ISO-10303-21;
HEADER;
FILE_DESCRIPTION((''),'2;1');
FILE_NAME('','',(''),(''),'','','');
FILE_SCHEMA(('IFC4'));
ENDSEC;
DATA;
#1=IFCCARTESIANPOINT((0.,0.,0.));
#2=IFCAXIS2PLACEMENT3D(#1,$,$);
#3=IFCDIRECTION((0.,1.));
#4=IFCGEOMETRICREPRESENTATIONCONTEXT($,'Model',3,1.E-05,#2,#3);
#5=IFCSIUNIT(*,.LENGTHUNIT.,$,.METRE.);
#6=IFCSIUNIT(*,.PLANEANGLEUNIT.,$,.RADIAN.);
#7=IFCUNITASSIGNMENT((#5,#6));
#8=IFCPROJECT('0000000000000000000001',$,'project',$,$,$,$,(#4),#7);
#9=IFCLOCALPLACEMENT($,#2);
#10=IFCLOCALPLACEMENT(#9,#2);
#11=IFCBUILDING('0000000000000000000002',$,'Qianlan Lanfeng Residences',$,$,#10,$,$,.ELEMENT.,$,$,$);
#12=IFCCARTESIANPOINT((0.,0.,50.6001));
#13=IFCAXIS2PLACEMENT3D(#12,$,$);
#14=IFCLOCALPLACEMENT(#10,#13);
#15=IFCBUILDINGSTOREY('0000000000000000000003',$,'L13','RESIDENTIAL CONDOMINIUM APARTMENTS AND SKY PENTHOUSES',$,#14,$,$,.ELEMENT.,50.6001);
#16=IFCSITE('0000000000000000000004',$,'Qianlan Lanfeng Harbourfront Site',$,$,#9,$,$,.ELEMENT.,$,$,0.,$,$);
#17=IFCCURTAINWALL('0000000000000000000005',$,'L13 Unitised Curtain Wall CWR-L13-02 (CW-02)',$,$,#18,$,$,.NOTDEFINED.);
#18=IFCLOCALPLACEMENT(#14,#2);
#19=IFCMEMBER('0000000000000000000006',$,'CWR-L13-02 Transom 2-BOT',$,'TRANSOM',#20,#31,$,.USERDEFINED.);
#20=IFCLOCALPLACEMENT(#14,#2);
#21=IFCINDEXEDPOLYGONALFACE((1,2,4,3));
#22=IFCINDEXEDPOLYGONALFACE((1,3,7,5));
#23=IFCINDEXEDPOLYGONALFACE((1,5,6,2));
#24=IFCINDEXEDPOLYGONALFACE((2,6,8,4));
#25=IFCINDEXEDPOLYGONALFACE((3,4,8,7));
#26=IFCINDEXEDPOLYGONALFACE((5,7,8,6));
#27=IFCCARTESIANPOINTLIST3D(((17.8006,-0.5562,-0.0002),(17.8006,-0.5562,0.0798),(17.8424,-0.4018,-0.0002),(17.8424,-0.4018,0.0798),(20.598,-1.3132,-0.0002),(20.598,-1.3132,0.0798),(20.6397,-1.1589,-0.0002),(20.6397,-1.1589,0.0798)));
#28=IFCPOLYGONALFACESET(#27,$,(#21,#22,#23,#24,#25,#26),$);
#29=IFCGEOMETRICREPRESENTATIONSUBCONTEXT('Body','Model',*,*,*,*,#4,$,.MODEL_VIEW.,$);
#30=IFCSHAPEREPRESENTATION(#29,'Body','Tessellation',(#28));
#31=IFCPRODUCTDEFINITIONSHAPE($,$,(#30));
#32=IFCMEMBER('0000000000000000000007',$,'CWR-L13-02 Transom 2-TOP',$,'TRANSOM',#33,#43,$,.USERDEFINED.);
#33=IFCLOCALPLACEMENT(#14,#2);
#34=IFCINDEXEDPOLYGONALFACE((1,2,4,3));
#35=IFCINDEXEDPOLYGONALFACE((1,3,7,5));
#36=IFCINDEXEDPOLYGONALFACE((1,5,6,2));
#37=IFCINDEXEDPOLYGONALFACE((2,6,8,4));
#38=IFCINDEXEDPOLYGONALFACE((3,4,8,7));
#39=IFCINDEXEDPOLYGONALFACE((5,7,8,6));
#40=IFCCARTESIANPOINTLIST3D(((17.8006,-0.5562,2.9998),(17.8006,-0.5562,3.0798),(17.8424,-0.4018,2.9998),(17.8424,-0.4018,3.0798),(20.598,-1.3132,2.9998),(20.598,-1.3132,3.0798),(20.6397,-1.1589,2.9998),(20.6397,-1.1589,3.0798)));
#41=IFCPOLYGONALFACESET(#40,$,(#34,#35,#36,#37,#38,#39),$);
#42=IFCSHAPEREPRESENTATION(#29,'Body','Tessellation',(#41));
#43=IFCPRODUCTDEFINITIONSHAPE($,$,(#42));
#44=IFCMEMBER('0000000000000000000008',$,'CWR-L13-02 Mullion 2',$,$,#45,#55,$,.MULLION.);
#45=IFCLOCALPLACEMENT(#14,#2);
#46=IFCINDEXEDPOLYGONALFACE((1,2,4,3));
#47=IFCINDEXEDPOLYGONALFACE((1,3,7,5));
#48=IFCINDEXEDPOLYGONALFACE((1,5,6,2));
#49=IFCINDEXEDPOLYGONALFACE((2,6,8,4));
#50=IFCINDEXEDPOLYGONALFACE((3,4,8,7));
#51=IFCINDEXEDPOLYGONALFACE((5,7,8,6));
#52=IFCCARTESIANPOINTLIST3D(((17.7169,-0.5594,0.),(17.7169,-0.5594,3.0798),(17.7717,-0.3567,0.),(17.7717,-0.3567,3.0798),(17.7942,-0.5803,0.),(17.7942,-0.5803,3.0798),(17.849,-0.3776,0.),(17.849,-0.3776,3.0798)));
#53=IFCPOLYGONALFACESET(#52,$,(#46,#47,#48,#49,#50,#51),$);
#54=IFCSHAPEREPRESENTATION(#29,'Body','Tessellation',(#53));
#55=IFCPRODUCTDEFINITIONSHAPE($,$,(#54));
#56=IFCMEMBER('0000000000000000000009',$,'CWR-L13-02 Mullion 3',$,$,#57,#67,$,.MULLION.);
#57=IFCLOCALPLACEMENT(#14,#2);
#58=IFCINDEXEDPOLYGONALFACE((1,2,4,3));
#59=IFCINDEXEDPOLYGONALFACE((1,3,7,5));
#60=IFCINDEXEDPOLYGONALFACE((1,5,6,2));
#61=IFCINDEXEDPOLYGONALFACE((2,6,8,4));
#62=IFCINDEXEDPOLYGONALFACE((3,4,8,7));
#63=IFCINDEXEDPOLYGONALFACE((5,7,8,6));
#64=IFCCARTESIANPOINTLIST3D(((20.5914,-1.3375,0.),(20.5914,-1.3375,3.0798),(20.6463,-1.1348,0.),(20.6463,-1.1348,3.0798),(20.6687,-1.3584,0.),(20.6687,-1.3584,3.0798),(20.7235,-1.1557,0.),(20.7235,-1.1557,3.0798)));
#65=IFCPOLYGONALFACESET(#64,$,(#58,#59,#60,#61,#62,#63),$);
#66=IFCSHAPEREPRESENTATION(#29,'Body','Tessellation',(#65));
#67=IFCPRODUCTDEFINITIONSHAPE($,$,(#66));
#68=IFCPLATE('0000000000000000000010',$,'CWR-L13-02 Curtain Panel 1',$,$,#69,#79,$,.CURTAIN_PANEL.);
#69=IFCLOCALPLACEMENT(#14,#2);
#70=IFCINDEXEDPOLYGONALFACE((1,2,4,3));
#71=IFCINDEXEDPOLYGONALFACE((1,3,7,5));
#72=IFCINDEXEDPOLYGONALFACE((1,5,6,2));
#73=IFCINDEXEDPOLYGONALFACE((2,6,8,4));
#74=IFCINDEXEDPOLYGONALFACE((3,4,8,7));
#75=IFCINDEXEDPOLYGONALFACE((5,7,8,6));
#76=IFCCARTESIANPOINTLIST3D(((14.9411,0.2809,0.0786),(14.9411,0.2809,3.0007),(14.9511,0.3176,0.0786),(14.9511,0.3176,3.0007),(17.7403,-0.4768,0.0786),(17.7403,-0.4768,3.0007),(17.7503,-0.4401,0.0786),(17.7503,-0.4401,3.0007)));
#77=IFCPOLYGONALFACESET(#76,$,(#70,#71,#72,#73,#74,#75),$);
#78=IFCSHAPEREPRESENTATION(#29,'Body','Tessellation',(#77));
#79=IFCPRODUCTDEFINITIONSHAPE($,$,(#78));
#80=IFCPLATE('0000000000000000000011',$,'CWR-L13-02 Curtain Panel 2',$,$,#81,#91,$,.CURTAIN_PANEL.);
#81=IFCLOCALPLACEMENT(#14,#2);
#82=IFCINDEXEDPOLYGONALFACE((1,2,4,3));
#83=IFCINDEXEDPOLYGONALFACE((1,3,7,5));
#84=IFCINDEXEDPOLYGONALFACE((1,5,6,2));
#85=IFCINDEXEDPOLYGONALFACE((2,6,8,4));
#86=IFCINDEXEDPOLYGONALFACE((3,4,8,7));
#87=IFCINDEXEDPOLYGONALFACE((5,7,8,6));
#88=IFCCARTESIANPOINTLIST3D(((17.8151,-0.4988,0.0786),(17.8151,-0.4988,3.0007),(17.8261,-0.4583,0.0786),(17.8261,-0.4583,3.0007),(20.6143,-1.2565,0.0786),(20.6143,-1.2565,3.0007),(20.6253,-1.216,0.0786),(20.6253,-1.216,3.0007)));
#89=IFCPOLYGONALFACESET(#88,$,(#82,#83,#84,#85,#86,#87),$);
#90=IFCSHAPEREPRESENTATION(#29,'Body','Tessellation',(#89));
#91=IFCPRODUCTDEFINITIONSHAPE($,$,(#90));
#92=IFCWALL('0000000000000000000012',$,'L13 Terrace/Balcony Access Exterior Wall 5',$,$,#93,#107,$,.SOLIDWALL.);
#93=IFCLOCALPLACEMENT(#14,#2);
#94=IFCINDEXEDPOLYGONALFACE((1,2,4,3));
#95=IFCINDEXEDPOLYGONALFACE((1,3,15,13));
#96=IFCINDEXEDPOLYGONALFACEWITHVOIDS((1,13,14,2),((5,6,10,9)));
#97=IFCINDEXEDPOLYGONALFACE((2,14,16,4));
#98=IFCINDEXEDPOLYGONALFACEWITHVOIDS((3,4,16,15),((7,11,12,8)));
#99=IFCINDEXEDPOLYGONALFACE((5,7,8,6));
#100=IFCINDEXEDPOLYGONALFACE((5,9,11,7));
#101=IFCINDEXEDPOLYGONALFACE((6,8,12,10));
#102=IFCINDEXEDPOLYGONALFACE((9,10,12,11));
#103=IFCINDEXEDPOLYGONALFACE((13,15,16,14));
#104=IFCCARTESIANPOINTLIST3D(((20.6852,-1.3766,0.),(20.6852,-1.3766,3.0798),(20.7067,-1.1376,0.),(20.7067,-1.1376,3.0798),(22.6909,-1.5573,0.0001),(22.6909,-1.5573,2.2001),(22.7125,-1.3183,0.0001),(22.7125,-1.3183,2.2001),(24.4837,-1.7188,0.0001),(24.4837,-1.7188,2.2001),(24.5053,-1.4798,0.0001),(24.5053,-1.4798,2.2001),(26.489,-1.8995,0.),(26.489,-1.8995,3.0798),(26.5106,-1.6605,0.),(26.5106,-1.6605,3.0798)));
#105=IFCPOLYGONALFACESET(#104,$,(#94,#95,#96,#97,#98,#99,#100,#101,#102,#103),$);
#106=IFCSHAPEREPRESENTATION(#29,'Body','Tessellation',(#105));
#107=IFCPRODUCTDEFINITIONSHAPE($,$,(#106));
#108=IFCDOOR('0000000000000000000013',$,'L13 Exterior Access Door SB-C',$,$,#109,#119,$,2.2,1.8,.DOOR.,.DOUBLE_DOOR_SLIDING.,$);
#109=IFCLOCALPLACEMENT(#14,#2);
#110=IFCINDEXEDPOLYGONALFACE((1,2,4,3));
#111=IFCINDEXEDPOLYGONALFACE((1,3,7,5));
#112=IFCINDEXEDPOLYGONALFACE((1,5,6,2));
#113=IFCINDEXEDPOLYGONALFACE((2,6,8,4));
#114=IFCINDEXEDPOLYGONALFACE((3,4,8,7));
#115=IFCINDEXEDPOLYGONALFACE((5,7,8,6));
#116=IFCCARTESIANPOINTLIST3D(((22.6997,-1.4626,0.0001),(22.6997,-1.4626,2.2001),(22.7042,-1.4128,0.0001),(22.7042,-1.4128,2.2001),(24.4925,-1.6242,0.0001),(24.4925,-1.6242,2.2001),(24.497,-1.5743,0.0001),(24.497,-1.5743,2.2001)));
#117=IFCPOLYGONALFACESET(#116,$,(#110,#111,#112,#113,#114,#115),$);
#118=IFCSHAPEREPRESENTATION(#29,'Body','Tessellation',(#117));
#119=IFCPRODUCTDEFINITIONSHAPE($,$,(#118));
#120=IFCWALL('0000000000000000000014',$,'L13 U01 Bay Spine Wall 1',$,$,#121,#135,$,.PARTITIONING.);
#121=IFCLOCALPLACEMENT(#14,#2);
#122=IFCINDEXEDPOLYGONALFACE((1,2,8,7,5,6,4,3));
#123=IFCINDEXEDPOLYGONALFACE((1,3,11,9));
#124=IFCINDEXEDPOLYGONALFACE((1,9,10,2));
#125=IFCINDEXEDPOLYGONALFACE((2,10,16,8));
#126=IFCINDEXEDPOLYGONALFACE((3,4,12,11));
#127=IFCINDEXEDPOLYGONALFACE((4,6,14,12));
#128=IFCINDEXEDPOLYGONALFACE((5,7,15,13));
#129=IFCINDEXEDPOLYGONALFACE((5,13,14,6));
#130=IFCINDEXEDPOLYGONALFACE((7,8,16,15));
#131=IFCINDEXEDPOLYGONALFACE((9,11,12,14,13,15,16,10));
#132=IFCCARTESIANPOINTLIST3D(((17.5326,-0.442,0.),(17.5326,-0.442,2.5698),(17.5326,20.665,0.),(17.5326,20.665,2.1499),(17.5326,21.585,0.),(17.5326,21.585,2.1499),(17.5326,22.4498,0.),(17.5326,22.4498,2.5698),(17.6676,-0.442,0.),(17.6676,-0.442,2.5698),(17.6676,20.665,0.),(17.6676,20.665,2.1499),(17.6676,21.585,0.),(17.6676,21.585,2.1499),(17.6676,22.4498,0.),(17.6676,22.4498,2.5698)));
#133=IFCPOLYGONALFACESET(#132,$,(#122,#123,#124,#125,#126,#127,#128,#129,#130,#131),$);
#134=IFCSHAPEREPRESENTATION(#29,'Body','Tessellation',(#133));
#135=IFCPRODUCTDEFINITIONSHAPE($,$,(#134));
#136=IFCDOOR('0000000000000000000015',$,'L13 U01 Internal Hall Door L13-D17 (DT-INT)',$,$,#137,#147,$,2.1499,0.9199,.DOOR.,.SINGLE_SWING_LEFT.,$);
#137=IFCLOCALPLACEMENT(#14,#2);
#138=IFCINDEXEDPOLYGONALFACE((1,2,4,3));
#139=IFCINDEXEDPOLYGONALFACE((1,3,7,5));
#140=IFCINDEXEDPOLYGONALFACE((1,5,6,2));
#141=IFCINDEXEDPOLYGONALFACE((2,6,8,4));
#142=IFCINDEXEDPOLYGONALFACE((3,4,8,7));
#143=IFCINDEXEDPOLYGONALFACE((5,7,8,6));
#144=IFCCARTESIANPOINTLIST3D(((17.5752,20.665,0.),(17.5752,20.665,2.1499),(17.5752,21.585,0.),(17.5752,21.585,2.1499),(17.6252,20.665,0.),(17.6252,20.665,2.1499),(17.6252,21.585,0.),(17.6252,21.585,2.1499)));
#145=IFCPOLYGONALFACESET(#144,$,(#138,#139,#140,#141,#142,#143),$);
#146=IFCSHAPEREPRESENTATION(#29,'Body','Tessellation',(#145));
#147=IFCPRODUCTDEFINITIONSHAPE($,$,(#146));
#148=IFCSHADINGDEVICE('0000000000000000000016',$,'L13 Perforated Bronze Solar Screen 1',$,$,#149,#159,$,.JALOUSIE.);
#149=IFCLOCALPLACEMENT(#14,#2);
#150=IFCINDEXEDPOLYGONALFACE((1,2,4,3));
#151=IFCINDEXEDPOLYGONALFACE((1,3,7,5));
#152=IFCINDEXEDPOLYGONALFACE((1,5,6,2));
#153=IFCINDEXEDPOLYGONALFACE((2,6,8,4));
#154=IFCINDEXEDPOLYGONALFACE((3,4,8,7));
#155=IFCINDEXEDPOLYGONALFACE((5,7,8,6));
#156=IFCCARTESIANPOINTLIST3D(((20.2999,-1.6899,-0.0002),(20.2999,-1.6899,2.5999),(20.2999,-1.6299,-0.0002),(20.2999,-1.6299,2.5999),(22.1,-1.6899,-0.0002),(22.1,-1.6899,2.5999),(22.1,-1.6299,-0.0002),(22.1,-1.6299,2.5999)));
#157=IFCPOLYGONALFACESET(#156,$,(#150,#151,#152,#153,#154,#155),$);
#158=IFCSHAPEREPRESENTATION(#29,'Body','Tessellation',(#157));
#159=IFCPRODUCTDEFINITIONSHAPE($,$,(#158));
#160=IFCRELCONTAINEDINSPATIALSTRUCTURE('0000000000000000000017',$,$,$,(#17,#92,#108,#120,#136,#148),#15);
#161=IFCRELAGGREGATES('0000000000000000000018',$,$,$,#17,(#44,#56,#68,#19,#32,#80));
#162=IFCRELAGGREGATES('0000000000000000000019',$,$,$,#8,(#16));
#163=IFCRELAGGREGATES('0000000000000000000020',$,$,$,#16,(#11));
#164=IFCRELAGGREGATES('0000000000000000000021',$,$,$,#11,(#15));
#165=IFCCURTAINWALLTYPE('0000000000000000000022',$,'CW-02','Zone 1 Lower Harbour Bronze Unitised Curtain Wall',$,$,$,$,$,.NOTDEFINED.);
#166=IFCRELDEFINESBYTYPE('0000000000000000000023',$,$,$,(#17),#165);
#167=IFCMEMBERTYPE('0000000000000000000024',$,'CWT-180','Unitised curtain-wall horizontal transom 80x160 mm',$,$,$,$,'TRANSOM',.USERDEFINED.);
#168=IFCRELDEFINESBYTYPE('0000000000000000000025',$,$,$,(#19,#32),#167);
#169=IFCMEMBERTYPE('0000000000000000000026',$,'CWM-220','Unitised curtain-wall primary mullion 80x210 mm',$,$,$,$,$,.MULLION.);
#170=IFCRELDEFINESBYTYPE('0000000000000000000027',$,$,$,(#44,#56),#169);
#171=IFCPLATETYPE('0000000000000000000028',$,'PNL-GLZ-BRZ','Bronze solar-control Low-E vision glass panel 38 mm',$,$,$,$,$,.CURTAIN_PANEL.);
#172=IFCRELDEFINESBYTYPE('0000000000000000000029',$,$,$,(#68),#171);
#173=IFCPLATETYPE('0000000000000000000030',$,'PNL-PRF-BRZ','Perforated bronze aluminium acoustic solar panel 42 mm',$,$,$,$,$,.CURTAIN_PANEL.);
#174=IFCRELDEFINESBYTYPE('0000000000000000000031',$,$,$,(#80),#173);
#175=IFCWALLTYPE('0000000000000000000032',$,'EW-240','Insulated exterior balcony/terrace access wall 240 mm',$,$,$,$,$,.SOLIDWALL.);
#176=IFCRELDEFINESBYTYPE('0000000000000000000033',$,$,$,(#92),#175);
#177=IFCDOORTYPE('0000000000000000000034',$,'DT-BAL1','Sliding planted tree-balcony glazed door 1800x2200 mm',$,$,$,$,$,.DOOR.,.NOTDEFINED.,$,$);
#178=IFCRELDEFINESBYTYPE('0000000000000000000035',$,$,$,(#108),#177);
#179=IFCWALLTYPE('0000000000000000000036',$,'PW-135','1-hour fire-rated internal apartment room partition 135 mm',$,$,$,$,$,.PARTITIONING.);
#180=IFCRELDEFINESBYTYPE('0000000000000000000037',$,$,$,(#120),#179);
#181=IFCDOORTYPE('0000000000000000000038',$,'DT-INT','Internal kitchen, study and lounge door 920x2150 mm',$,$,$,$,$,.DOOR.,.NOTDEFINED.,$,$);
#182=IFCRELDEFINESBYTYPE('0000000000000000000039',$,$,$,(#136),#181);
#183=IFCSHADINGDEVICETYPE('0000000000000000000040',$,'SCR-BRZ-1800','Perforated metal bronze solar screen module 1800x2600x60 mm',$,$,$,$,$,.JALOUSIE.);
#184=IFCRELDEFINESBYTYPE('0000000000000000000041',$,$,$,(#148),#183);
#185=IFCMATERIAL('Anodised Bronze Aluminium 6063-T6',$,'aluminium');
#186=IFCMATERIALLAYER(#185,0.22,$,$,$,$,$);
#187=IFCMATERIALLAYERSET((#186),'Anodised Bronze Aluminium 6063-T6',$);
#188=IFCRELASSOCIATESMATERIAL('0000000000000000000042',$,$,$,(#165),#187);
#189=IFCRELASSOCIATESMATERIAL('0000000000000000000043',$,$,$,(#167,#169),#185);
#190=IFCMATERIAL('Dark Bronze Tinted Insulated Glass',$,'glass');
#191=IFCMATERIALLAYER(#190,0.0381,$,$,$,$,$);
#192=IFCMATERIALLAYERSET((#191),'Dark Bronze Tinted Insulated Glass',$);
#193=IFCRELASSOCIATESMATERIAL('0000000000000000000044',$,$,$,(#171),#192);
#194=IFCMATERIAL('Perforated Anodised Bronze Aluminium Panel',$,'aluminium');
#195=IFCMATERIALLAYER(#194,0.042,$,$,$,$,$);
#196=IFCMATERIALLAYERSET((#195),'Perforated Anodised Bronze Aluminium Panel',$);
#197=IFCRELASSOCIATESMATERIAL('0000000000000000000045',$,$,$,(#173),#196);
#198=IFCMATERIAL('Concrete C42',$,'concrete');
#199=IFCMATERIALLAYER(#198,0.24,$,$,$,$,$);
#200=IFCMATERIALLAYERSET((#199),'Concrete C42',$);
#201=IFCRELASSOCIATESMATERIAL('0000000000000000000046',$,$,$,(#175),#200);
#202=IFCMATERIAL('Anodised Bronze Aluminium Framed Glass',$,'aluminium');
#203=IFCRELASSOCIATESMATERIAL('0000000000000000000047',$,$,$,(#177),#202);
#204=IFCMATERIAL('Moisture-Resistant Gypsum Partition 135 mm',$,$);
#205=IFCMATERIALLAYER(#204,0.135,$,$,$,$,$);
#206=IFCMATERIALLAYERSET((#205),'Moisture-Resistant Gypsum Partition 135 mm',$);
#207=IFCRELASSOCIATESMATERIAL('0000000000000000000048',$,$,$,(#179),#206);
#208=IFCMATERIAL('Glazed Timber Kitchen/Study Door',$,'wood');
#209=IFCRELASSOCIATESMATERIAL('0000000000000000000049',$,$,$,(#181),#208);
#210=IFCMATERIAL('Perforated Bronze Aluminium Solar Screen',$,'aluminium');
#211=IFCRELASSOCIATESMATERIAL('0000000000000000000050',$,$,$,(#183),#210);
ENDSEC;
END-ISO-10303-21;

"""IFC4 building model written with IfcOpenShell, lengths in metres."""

from ifc_helpers import new_model, si_unit, direction, frame, frame_2d, origin, origin_2d, place, context, subcontext, project, spatial, rectangle, extrude, source, transform, mapped, material, layer, layer_set, material_profile, profile_set, type_object, element, fill, aggregate, save


model = new_model("IFC4")

# Units and contexts
model_context = context("Model", 3, precision=1e-05, world=origin(), true_north=direction((0.0, 1.0)))
body_context = subcontext(model_context, "Body", "Model", "MODEL_VIEW")
ifc_project = project(units=[si_unit("LENGTHUNIT", "METRE"), si_unit("PLANEANGLEUNIT", "RADIAN")], contexts=[model_context])

# Site, building, storey
site_placement = place(None, origin())
site = spatial("IfcSite", under=ifc_project, at=site_placement, Name="Qianlan Lanfeng Harbourfront Site", CompositionType="ELEMENT", RefElevation=0.0)
building_placement = place(site_placement, origin())
building = spatial("IfcBuilding", under=site, at=building_placement, Name="Qianlan Lanfeng Residences", CompositionType="ELEMENT")
storey_placement = place(building_placement, frame((0.0, 0.0, 50.6001)))
storey = spatial("IfcBuildingStorey", under=building, at=storey_placement, Name="L13", Description="RESIDENTIAL CONDOMINIUM APARTMENTS AND SKY PENTHOUSES", CompositionType="ELEMENT", Elevation=50.6001)

# Curtain wall, members, plates
ifc_material_1 = material(Name="Anodised Bronze Aluminium 6063-T6", Category="aluminium")
ifc_layer_1 = layer(ifc_material_1, 0.22)
ifc_layer_set_1 = layer_set([ifc_layer_1], Name="Anodised Bronze Aluminium 6063-T6")
curtain_wall_type = type_object("IfcCurtainWallType", Name="CW-02", Description="Zone 1 Lower Harbour Bronze Unitised Curtain Wall", PredefinedType="NOTDEFINED", material=ifc_layer_set_1)
curtain_wall_placement = place(storey_placement, origin())
curtain_wall = element("IfcCurtainWall", 1, at=curtain_wall_placement, inside=storey, type_object=curtain_wall_type, Name="L13 Unitised Curtain Wall CWR-L13-02 (CW-02)", PredefinedType="NOTDEFINED")
ifc_material_profile_1 = material_profile(ifc_material_1, rectangle(XDim=0.0801, YDim=0.1599, at=origin_2d()), Name="ALU TRANSOM 80x160")
ifc_profile_set_1 = profile_set([ifc_material_profile_1], Name="Anodised Bronze Aluminium 6063-T6")
member_type_1 = type_object("IfcMemberType", Name="CWT-180", Description="Unitised curtain-wall horizontal transom 80x160 mm", ElementType="TRANSOM", PredefinedType="USERDEFINED", material=ifc_profile_set_1)
shared_shape_1 = source(origin(), body_context, "Body", "SweptSolid", [
    extrude(rectangle(XDim=0.0801, YDim=0.1599, at=origin_2d()), origin(), (0.0, 0.0, 1.0), 2.8979),
])
member_1_placement = place(storey_placement, frame((17.8215, -0.479, 0.0398), z_axis=(0.965273, -0.261242, 0.0), x_axis=(0.0, 0.0, 1.0)))
member_1 = element("IfcMember", 2, at=member_1_placement, type_object=member_type_1, Name="CWR-L13-02 Transom 2-BOT", ObjectType="TRANSOM", PredefinedType="USERDEFINED", context=body_context, shape_type="MappedRepresentation", body=[
    mapped(shared_shape_1, transform((0.0, 0.0, 0.0), scale=1.0)),
])
member_2_placement = place(storey_placement, frame((17.8215, -0.479, 3.0398), z_axis=(0.965273, -0.261242, 0.0), x_axis=(0.0, 0.0, 1.0)))
member_2 = element("IfcMember", 3, at=member_2_placement, type_object=member_type_1, Name="CWR-L13-02 Transom 2-TOP", ObjectType="TRANSOM", PredefinedType="USERDEFINED", context=body_context, shape_type="MappedRepresentation", body=[
    mapped(shared_shape_1, transform((0.0, 0.0, 0.0), scale=1.0)),
])
ifc_material_profile_2 = material_profile(ifc_material_1, rectangle(XDim=0.0801, YDim=0.21, at=origin_2d()), Name="ALU MULLION 80x210")
ifc_profile_set_2 = profile_set([ifc_material_profile_2], Name="Anodised Bronze Aluminium 6063-T6")
member_type_2 = type_object("IfcMemberType", Name="CWM-220", Description="Unitised curtain-wall primary mullion 80x210 mm", PredefinedType="MULLION", material=ifc_profile_set_2)
shared_shape_2 = source(origin(), body_context, "Body", "SweptSolid", [
    extrude(rectangle(XDim=0.0801, YDim=0.21, at=origin_2d()), origin(), (0.0, 0.0, 1.0), 3.0798),
])
member_3_placement = place(storey_placement, frame((17.783, -0.4685, 0.0), z_axis=(0.0, 0.0, 1.0), x_axis=(0.965263, -0.261281, 0.0)))
member_3 = element("IfcMember", 4, at=member_3_placement, type_object=member_type_2, Name="CWR-L13-02 Mullion 2", PredefinedType="MULLION", context=body_context, shape_type="MappedRepresentation", body=[
    mapped(shared_shape_2, transform((0.0, 0.0, 0.0), scale=1.0)),
])
member_4_placement = place(storey_placement, frame((20.6575, -1.2466, 0.0), z_axis=(0.0, 0.0, 1.0), x_axis=(0.965263, -0.261281, 0.0)))
member_4 = element("IfcMember", 5, at=member_4_placement, type_object=member_type_2, Name="CWR-L13-02 Mullion 3", PredefinedType="MULLION", context=body_context, shape_type="MappedRepresentation", body=[
    mapped(shared_shape_2, transform((0.0, 0.0, 0.0), scale=1.0)),
])
ifc_material_2 = material(Name="Dark Bronze Tinted Insulated Glass", Category="glass")
ifc_layer_2 = layer(ifc_material_2, 0.0381)
ifc_layer_set_2 = layer_set([ifc_layer_2], Name="Dark Bronze Tinted Insulated Glass")
plate_type_1 = type_object("IfcPlateType", Name="PNL-GLZ-BRZ", Description="Bronze solar-control Low-E vision glass panel 38 mm", PredefinedType="CURTAIN_PANEL", material=ifc_layer_set_2)
shared_shape_3 = source(origin(), body_context, "Body", "SweptSolid", [
    extrude(rectangle(XDim=2.8999, YDim=0.0381, at=origin_2d()), origin(), (0.0, 0.0, 1.0), 2.9221),
])
plate_1_placement = place(storey_placement, frame((16.3457, -0.0796, 0.0786), z_axis=(0.0, 0.0, 1.0), x_axis=(0.965263, -0.261281, 0.0)))
plate_1 = element("IfcPlate", 6, at=plate_1_placement, type_object=plate_type_1, Name="CWR-L13-02 Curtain Panel 1", PredefinedType="CURTAIN_PANEL", context=body_context, shape_type="MappedRepresentation", body=[
    mapped(shared_shape_3, transform((0.0, 0.0, 0.0), scale=1.0)),
])
ifc_material_3 = material(Name="Perforated Anodised Bronze Aluminium Panel", Category="aluminium")
ifc_layer_3 = layer(ifc_material_3, 0.042)
ifc_layer_set_3 = layer_set([ifc_layer_3], Name="Perforated Anodised Bronze Aluminium Panel")
plate_type_2 = type_object("IfcPlateType", Name="PNL-PRF-BRZ", Description="Perforated bronze aluminium acoustic solar panel 42 mm", PredefinedType="CURTAIN_PANEL", material=ifc_layer_set_3)
shared_shape_4 = source(origin(), body_context, "Body", "SweptSolid", [
    extrude(rectangle(XDim=2.8999, YDim=0.042, at=origin_2d()), origin(), (0.0, 0.0, 1.0), 2.9221),
])
plate_2_placement = place(storey_placement, frame((19.2202, -0.8574, 0.0786), z_axis=(0.0, 0.0, 1.0), x_axis=(0.965263, -0.261281, 0.0)))
plate_2 = element("IfcPlate", 7, at=plate_2_placement, type_object=plate_type_2, Name="CWR-L13-02 Curtain Panel 2", PredefinedType="CURTAIN_PANEL", context=body_context, shape_type="MappedRepresentation", body=[
    mapped(shared_shape_4, transform((0.0, 0.0, 0.0), scale=1.0)),
])
aggregate(curtain_wall, [member_3, member_4, plate_1, member_1, member_2, plate_2])

# Walls, openings, doors
ifc_material_4 = material(Name="Concrete C42", Category="concrete")
ifc_layer_4 = layer(ifc_material_4, 0.24)
ifc_layer_set_4 = layer_set([ifc_layer_4], Name="Concrete C42")
wall_type_1 = type_object("IfcWallType", Name="EW-240", Description="Insulated exterior balcony/terrace access wall 240 mm", PredefinedType="SOLIDWALL", material=ifc_layer_set_4)
wall_1_placement = place(storey_placement, frame((20.696, -1.2571, 0.0), z_axis=(0.0, 0.0, 1.0), x_axis=(0.995965, -0.089739, 0.0)))
wall_1 = element("IfcWall", 8, at=wall_1_placement, inside=storey, type_object=wall_type_1, Name="L13 Terrace/Balcony Access Exterior Wall 5", PredefinedType="SOLIDWALL", context=body_context, shape_type="SweptSolid", body=[
    extrude(rectangle(XDim=5.8274, YDim=0.24, at=frame_2d((2.9136, 0.0))), origin(), (0.0, 0.0, 1.0), 3.0798),
])
opening_1_placement = place(wall_1_placement, frame((2.0139, 0.0, 0.0)))
opening_1 = element("IfcOpeningElement", 9, at=opening_1_placement, cuts=wall_1, PredefinedType="OPENING", context=body_context, shape_type="SweptSolid", body=[
    extrude(rectangle(XDim=1.8, YDim=2.2, at=frame_2d((0.8999, 1.1001))), frame((0.0, 0.1299, 0.0), z_axis=(0.0, -1.0, 0.0), x_axis=(1.0, 0.0, 0.0)), (0.0, 0.0, 1.0), 0.26),
])
ifc_material_5 = material(Name="Anodised Bronze Aluminium Framed Glass", Category="aluminium")
door_type_1 = type_object("IfcDoorType", Name="DT-BAL1", Description="Sliding planted tree-balcony glazed door 1800x2200 mm", OperationType="NOTDEFINED", PredefinedType="DOOR", material=ifc_material_5)
door_1_placement = place(opening_1_placement, frame((1.8, 0.0, 0.0), z_axis=(0.0, 0.0, 1.0), x_axis=(-1.0, 0.0, 0.0)))
door_1 = element("IfcDoor", 10, at=door_1_placement, inside=storey, type_object=door_type_1, Name="L13 Exterior Access Door SB-C", OperationType="DOUBLE_DOOR_SLIDING", OverallHeight=2.2, OverallWidth=1.8, PredefinedType="DOOR", context=body_context, shape_type="SweptSolid", body=[
    extrude(rectangle(XDim=1.8, YDim=2.2, at=frame_2d((0.8999, 1.1001))), frame((0.0, 0.0249, 0.0), z_axis=(0.0, -1.0, 0.0), x_axis=(1.0, 0.0, 0.0)), (0.0, 0.0, 1.0), 0.05),
])
fill(opening_1, door_1)
ifc_material_6 = material(Name="Moisture-Resistant Gypsum Partition 135 mm")
ifc_layer_5 = layer(ifc_material_6, 0.135)
ifc_layer_set_5 = layer_set([ifc_layer_5], Name="Moisture-Resistant Gypsum Partition 135 mm")
wall_type_2 = type_object("IfcWallType", Name="PW-135", Description="1-hour fire-rated internal apartment room partition 135 mm", PredefinedType="PARTITIONING", material=ifc_layer_set_5)
wall_2_placement = place(storey_placement, frame((17.6001, -0.4419, 0.0), z_axis=(0.0, 0.0, 1.0), x_axis=(0.0, 1.0, 0.0)))
wall_2 = element("IfcWall", 11, at=wall_2_placement, inside=storey, type_object=wall_type_2, Name="L13 U01 Bay Spine Wall 1", PredefinedType="PARTITIONING", context=body_context, shape_type="SweptSolid", body=[
    extrude(rectangle(XDim=22.8918, YDim=0.135, at=frame_2d((11.4458, 0.0))), origin(), (0.0, 0.0, 1.0), 2.5698),
])
opening_2_placement = place(wall_2_placement, frame((21.1069, 0.0, 0.0)))
opening_2 = element("IfcOpeningElement", 12, at=opening_2_placement, cuts=wall_2, PredefinedType="OPENING", context=body_context, shape_type="SweptSolid", body=[
    extrude(rectangle(XDim=0.9199, YDim=2.1499, at=frame_2d((0.46, 1.075))), frame((0.0, 0.0776, 0.0), z_axis=(0.0, -1.0, 0.0), x_axis=(1.0, 0.0, 0.0)), (0.0, 0.0, 1.0), 0.155),
])
ifc_material_7 = material(Name="Glazed Timber Kitchen/Study Door", Category="wood")
door_type_2 = type_object("IfcDoorType", Name="DT-INT", Description="Internal kitchen, study and lounge door 920x2150 mm", OperationType="NOTDEFINED", PredefinedType="DOOR", material=ifc_material_7)
door_2_placement = place(opening_2_placement, origin())
door_2 = element("IfcDoor", 13, at=door_2_placement, inside=storey, type_object=door_type_2, Name="L13 U01 Internal Hall Door L13-D17 (DT-INT)", OperationType="SINGLE_SWING_LEFT", OverallHeight=2.1499, OverallWidth=0.9199, PredefinedType="DOOR", context=body_context, shape_type="SweptSolid", body=[
    extrude(rectangle(XDim=0.9199, YDim=2.1499, at=frame_2d((0.46, 1.075))), frame((0.0, 0.0249, 0.0), z_axis=(0.0, -1.0, 0.0), x_axis=(1.0, 0.0, 0.0)), (0.0, 0.0, 1.0), 0.05),
])
fill(opening_2, door_2)

# Shading device
ifc_material_8 = material(Name="Perforated Bronze Aluminium Solar Screen", Category="aluminium")
shading_device_type = type_object("IfcShadingDeviceType", Name="SCR-BRZ-1800", Description="Perforated metal bronze solar screen module 1800x2600x60 mm", PredefinedType="JALOUSIE", material=ifc_material_8)
shared_shape_5 = source(origin(), body_context, "Body", "SweptSolid", [
    extrude(rectangle(XDim=1.8, YDim=0.0601, at=origin_2d()), origin(), (0.0, 0.0, 1.0), 2.6001),
])
shading_device_placement = place(storey_placement, frame((21.2, -1.6599, -0.0002), z_axis=(0.0, 0.0, 1.0), x_axis=(1.0, 0.0, 0.0)))
element("IfcShadingDevice", 14, at=shading_device_placement, inside=storey, type_object=shading_device_type, Name="L13 Perforated Bronze Solar Screen 1", PredefinedType="JALOUSIE", context=body_context, shape_type="MappedRepresentation", body=[
    mapped(shared_shape_5, transform((0.0, 0.0, 0.0), scale=1.0)),
])

save(model, "model.ifc")
